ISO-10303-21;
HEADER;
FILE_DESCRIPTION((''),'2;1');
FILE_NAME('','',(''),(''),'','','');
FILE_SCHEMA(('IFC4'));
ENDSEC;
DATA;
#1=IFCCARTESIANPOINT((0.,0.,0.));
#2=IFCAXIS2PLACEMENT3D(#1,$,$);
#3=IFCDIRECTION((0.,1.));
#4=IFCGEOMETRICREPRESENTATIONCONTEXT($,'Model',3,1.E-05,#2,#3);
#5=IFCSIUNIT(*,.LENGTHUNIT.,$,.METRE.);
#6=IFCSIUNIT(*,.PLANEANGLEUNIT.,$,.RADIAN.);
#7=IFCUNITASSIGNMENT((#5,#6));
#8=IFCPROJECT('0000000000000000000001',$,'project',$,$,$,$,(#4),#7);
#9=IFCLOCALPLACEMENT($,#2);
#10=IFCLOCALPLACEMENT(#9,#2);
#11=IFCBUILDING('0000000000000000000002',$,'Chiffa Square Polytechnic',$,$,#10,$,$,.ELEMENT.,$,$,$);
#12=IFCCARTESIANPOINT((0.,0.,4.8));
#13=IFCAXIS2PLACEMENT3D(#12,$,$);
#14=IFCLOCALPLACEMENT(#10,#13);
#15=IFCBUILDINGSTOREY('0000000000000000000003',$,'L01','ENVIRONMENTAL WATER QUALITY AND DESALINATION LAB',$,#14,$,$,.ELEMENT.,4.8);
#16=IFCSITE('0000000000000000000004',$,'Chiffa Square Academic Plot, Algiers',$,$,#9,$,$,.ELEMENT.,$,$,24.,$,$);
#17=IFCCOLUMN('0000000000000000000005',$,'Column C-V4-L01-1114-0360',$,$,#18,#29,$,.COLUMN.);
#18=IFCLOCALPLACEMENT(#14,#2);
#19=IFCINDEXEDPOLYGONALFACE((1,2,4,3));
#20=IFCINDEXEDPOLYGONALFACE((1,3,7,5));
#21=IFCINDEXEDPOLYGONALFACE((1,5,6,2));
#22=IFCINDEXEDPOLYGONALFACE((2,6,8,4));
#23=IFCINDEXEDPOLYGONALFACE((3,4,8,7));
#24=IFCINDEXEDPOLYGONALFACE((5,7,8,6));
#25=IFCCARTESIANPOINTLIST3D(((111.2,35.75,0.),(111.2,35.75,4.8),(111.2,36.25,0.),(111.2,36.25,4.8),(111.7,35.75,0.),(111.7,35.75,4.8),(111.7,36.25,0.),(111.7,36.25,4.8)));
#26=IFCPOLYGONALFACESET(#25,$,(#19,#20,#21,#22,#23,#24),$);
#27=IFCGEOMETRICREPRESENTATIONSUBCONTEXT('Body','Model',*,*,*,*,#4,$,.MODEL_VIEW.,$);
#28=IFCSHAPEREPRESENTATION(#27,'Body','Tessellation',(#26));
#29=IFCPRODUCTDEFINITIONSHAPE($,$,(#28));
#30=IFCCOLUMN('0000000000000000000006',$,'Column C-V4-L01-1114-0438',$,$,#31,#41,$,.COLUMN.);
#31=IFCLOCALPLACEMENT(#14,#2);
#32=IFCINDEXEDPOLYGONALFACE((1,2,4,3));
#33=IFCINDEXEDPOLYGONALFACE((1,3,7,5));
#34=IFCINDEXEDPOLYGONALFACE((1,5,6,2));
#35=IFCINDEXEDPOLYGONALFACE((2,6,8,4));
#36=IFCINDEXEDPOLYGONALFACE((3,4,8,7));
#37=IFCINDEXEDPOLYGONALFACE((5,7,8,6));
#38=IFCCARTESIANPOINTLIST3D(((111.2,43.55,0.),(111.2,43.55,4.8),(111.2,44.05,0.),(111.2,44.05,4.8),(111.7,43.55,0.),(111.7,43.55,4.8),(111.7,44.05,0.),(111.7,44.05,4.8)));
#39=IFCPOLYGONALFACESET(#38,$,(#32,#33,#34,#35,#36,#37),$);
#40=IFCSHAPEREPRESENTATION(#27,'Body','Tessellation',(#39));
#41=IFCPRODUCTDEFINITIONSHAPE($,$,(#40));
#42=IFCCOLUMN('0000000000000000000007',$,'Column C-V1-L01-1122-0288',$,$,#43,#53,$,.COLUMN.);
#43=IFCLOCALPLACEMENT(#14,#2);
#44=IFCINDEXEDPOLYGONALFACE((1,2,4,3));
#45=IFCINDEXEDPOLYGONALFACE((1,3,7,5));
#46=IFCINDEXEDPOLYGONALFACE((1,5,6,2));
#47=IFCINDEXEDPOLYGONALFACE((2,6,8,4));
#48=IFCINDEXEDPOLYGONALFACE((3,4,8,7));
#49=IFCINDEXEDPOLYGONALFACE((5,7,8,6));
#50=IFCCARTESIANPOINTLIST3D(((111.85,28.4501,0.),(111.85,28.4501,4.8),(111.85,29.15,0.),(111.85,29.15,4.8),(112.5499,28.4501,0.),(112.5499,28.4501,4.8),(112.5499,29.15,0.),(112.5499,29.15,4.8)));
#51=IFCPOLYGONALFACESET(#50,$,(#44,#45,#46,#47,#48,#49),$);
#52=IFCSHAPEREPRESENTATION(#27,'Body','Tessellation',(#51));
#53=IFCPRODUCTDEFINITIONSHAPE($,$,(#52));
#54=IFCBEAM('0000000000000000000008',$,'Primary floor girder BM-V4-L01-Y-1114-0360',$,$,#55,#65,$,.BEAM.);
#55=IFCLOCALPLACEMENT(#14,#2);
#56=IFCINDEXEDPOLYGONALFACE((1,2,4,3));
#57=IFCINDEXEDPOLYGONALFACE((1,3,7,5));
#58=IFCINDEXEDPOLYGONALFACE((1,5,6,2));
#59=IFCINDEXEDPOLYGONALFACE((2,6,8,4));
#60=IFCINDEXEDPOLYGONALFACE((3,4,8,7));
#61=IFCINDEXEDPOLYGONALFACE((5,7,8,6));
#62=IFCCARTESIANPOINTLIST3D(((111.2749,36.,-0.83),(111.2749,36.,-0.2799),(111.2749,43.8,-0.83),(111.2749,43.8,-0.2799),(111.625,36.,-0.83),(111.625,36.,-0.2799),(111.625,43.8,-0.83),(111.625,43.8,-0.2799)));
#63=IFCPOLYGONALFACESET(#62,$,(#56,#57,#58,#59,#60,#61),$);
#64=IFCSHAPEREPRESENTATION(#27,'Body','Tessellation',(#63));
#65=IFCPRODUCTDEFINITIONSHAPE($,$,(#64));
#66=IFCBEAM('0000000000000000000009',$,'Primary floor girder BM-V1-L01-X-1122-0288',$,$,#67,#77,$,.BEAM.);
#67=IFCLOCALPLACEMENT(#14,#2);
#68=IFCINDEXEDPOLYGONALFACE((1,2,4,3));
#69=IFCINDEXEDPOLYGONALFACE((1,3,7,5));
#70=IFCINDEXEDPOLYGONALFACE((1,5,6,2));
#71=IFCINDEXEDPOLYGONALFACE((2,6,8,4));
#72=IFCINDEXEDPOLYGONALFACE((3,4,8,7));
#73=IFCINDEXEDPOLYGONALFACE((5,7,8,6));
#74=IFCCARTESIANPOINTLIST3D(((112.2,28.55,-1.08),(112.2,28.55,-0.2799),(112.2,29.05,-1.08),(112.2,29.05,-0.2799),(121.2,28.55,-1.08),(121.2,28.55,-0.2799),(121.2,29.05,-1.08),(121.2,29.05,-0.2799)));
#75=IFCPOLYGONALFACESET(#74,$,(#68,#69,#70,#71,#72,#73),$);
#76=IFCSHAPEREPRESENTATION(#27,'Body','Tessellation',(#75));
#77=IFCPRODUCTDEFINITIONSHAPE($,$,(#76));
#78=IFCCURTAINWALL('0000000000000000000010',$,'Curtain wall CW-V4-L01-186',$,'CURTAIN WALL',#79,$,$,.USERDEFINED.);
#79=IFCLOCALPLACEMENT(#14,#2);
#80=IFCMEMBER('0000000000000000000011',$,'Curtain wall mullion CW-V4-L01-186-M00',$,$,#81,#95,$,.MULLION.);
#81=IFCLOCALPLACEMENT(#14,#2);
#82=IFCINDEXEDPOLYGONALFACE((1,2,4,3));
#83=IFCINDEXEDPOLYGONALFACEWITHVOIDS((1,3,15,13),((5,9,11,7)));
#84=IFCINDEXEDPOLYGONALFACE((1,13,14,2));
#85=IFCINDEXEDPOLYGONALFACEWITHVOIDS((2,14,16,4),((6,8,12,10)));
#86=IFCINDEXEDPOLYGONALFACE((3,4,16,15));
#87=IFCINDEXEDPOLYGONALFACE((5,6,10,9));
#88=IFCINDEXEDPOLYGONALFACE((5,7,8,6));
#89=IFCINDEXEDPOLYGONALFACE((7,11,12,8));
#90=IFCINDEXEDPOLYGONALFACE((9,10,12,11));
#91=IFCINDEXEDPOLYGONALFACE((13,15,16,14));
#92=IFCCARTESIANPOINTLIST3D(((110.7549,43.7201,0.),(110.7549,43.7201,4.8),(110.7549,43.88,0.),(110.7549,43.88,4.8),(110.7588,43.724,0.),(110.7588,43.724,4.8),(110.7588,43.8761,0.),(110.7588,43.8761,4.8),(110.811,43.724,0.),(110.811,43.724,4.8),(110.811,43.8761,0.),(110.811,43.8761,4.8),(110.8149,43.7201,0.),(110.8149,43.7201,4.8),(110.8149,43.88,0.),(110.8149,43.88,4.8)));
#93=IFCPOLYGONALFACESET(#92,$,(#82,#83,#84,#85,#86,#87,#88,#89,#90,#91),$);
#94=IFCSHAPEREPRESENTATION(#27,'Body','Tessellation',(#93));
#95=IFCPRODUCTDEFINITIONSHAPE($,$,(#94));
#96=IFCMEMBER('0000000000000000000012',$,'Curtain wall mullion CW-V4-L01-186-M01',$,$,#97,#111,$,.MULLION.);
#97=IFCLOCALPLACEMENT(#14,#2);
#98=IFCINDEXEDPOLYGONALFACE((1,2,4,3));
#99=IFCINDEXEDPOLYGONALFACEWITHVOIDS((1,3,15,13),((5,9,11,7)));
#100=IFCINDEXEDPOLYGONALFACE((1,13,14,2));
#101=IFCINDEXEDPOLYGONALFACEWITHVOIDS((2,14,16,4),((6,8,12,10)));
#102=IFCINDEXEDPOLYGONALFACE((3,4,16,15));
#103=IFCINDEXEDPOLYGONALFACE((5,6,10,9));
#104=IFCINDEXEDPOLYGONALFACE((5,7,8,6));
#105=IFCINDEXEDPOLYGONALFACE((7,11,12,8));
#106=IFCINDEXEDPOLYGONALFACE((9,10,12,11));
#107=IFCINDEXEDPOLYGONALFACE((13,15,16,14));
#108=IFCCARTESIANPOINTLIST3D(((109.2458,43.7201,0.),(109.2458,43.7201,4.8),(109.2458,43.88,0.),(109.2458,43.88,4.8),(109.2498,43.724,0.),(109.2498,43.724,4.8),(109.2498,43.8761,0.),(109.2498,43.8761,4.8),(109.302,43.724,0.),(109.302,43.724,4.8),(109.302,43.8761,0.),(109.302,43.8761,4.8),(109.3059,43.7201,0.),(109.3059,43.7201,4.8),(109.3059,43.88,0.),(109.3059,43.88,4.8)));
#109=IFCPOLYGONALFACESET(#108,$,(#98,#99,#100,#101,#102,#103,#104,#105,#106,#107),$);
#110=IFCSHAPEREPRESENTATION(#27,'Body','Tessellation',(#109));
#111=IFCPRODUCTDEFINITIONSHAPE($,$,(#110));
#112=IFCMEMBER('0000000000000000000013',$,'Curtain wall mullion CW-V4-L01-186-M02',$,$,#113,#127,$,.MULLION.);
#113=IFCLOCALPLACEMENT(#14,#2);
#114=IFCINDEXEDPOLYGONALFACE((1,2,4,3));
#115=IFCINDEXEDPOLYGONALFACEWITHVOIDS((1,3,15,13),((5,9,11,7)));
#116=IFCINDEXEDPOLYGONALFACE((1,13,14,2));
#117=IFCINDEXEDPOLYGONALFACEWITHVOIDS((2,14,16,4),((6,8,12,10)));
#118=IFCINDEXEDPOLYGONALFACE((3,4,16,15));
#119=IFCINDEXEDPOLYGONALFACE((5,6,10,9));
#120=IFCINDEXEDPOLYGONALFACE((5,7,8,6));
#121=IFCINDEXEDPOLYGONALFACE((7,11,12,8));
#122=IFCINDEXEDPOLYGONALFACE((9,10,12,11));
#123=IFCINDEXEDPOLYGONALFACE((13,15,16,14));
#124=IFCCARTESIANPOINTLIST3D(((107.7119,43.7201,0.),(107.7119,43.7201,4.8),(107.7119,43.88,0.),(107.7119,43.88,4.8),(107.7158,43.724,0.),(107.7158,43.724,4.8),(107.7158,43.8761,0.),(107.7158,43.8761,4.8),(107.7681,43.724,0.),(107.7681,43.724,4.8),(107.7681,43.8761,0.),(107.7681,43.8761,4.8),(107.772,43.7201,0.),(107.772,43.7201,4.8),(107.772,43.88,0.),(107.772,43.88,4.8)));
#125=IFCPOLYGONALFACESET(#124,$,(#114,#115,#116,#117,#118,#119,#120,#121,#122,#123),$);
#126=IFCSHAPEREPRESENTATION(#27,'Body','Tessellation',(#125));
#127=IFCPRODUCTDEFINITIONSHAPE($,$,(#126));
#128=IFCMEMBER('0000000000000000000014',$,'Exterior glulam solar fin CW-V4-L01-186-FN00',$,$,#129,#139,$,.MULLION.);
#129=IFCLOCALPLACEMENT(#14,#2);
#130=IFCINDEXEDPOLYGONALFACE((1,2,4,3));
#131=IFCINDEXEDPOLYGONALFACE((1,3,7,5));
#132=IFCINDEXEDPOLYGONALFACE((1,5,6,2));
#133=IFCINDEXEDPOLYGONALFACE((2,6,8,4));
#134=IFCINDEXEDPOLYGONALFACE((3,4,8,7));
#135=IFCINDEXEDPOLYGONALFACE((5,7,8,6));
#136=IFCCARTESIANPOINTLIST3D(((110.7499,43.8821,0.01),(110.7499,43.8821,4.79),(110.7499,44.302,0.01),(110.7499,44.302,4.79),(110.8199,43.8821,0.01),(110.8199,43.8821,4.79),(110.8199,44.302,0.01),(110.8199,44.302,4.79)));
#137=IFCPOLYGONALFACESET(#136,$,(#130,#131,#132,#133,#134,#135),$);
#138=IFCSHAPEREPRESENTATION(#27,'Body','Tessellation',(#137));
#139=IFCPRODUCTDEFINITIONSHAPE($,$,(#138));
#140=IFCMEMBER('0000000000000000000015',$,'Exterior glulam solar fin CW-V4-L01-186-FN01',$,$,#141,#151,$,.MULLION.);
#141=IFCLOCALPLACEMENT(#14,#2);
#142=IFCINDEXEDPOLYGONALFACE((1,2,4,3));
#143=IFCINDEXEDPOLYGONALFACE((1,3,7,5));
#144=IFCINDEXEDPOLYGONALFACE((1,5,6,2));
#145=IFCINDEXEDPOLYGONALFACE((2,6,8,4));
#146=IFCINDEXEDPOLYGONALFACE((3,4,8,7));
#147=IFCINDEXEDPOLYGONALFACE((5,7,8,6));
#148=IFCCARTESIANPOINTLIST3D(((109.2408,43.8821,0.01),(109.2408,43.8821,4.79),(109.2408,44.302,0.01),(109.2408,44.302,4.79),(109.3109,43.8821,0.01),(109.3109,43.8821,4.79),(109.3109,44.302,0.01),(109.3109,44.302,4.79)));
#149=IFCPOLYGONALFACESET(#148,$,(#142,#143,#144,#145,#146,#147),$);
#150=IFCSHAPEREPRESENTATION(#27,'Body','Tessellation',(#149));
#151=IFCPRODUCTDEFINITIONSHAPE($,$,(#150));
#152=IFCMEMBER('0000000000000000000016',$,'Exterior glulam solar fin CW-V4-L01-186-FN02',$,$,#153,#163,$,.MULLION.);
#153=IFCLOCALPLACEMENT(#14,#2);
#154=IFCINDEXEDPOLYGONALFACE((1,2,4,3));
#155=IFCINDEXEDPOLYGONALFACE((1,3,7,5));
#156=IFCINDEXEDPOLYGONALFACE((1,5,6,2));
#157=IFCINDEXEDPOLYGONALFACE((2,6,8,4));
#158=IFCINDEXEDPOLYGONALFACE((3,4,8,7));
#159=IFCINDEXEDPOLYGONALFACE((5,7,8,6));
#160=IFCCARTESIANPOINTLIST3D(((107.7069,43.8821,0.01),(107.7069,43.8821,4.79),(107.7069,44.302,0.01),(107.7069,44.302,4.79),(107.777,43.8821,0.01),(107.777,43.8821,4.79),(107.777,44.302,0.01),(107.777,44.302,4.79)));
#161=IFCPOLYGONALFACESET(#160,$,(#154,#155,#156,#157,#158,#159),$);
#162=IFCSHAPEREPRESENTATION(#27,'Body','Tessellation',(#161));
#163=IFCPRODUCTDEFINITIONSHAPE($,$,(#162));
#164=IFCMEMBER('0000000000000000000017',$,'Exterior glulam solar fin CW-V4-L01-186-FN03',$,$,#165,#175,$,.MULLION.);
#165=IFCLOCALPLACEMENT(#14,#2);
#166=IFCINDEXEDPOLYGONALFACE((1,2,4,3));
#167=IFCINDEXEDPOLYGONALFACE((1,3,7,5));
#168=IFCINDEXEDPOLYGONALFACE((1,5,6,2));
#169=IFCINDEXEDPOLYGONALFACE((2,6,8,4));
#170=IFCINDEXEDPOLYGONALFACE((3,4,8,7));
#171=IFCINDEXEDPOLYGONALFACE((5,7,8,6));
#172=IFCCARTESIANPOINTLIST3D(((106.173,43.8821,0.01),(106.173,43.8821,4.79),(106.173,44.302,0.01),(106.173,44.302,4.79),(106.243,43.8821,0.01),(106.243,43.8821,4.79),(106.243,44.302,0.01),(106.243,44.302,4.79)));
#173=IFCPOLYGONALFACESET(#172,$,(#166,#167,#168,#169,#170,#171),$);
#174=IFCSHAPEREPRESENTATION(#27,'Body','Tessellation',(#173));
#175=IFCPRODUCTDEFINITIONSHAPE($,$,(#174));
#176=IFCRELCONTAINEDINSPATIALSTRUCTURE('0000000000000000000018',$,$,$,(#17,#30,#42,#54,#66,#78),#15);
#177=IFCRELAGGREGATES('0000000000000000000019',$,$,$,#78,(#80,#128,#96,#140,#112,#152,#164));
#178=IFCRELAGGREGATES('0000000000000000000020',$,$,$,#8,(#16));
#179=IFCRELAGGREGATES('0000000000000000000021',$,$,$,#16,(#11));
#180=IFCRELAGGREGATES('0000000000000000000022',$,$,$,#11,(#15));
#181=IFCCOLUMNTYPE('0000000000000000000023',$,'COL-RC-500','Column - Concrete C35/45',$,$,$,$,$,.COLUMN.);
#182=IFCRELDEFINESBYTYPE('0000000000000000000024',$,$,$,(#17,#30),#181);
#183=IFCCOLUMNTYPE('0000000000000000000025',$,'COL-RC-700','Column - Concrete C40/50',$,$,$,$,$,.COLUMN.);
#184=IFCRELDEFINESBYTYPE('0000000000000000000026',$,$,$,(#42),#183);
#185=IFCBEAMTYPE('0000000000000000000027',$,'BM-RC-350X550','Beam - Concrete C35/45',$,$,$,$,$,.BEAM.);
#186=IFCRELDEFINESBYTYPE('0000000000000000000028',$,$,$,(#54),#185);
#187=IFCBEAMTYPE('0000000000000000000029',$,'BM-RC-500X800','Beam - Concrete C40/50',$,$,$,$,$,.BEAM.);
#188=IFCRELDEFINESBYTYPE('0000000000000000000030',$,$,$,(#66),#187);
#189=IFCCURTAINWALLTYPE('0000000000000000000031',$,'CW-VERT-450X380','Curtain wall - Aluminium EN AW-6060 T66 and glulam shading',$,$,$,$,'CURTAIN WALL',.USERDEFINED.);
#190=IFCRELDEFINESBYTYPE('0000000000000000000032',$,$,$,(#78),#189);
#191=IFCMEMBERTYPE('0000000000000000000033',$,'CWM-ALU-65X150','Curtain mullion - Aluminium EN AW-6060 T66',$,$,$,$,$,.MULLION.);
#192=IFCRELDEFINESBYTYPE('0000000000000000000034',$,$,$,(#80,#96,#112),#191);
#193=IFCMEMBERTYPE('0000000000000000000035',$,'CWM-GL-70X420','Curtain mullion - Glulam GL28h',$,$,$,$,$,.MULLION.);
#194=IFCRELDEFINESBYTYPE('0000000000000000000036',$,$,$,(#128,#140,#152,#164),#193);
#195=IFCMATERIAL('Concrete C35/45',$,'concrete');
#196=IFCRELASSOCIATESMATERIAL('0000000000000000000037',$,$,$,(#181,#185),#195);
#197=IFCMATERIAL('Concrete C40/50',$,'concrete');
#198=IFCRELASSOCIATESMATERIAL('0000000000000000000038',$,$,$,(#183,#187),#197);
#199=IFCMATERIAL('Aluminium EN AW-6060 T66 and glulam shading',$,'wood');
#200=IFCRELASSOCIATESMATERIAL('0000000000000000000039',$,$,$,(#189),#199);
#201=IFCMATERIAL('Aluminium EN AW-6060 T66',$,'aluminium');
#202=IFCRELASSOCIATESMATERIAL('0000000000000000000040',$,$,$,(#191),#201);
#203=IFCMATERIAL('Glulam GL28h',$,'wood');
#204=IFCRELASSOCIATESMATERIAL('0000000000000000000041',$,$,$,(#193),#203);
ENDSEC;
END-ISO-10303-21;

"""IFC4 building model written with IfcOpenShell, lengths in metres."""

from ifc_helpers import new_model, si_unit, direction, frame, origin, origin_2d, place, context, subcontext, project, spatial, rectangle, hollow_rectangle, extrude, material, material_profile, profile_set, type_object, element, aggregate, save


model = new_model("IFC4")

# Units and contexts
model_context = context("Model", 3, precision=1e-05, world=origin(), true_north=direction((0.0, 1.0)))
body_context = subcontext(model_context, "Body", "Model", "MODEL_VIEW")
ifc_project = project(units=[si_unit("LENGTHUNIT", "METRE"), si_unit("PLANEANGLEUNIT", "RADIAN")], contexts=[model_context])

# Site, building, storey
site_placement = place(None, origin())
site = spatial("IfcSite", under=ifc_project, at=site_placement, Name="Chiffa Square Academic Plot, Algiers", CompositionType="ELEMENT", RefElevation=24.0)
building_placement = place(site_placement, origin())
building = spatial("IfcBuilding", under=site, at=building_placement, Name="Chiffa Square Polytechnic", CompositionType="ELEMENT")
storey_placement = place(building_placement, frame((0.0, 0.0, 4.8)))
storey = spatial("IfcBuildingStorey", under=building, at=storey_placement, Name="L01", Description="ENVIRONMENTAL WATER QUALITY AND DESALINATION LAB", CompositionType="ELEMENT", Elevation=4.8)

# Columns
ifc_material_1 = material(Name="Concrete C35/45", Category="concrete")
ifc_material_profile_1 = material_profile(ifc_material_1, rectangle(XDim=0.5, YDim=0.5, at=origin_2d()), Name="RC 500x500")
ifc_profile_set_1 = profile_set([ifc_material_profile_1], Name="Concrete C35/45")
column_type_1 = type_object("IfcColumnType", Name="COL-RC-500", Description="Column - Concrete C35/45", PredefinedType="COLUMN", material=ifc_profile_set_1)
for number, where, z_axis, x_axis, name in (
    (1, (111.45, 36.0, 0.0), (0.0, 0.0, 1.0), (1.0, 0.0, 0.0), "Column C-V4-L01-1114-0360"),
    (2, (111.45, 43.8, 0.0), (0.0, 0.0, 1.0), (1.0, 0.0, 0.0), "Column C-V4-L01-1114-0438"),
):
    element("IfcColumn", number, at=place(storey_placement, frame(where, z_axis=z_axis, x_axis=x_axis)), inside=storey, type_object=column_type_1, Name=name, PredefinedType="COLUMN", context=body_context, shape_type="SweptSolid", body=[
        extrude(rectangle(XDim=0.5, YDim=0.5, at=origin_2d()), origin(), (0.0, 0.0, 1.0), 4.8),
    ])
ifc_material_2 = material(Name="Concrete C40/50", Category="concrete")
ifc_material_profile_2 = material_profile(ifc_material_2, rectangle(XDim=0.7, YDim=0.7, at=origin_2d()), Name="RC 700x700")
ifc_profile_set_2 = profile_set([ifc_material_profile_2], Name="Concrete C40/50")
column_type_2 = type_object("IfcColumnType", Name="COL-RC-700", Description="Column - Concrete C40/50", PredefinedType="COLUMN", material=ifc_profile_set_2)
column_placement = place(storey_placement, frame((112.2, 28.8, 0.0), z_axis=(0.0, 0.0, 1.0), x_axis=(1.0, 0.0, 0.0)))
element("IfcColumn", 3, at=column_placement, inside=storey, type_object=column_type_2, Name="Column C-V1-L01-1122-0288", PredefinedType="COLUMN", context=body_context, shape_type="SweptSolid", body=[
    extrude(rectangle(XDim=0.7, YDim=0.7, at=origin_2d()), origin(), (0.0, 0.0, 1.0), 4.8),
])

# Beams
ifc_material_profile_3 = material_profile(ifc_material_1, rectangle(XDim=0.3501, YDim=0.55, at=origin_2d()), Name="RC 350x550")
ifc_profile_set_3 = profile_set([ifc_material_profile_3], Name="Concrete C35/45")
beam_type_1 = type_object("IfcBeamType", Name="BM-RC-350X550", Description="Beam - Concrete C35/45", PredefinedType="BEAM", material=ifc_profile_set_3)
beam_1_placement = place(storey_placement, frame((111.45, 36.0, -0.5549), z_axis=(0.0, 1.0, 0.0), x_axis=(-1.0, 0.0, 0.0)))
element("IfcBeam", 4, at=beam_1_placement, inside=storey, type_object=beam_type_1, Name="Primary floor girder BM-V4-L01-Y-1114-0360", PredefinedType="BEAM", context=body_context, shape_type="SweptSolid", body=[
    extrude(rectangle(XDim=0.3501, YDim=0.55, at=origin_2d()), origin(), (0.0, 0.0, 1.0), 7.8),
])
ifc_material_profile_4 = material_profile(ifc_material_2, rectangle(XDim=0.5, YDim=0.8, at=origin_2d()), Name="RC 500x800")
ifc_profile_set_4 = profile_set([ifc_material_profile_4], Name="Concrete C40/50")
beam_type_2 = type_object("IfcBeamType", Name="BM-RC-500X800", Description="Beam - Concrete C40/50", PredefinedType="BEAM", material=ifc_profile_set_4)
beam_2_placement = place(storey_placement, frame((112.2, 28.8, -0.6799), z_axis=(1.0, 0.0, 0.0), x_axis=(0.0, 1.0, 0.0)))
element("IfcBeam", 5, at=beam_2_placement, inside=storey, type_object=beam_type_2, Name="Primary floor girder BM-V1-L01-X-1122-0288", PredefinedType="BEAM", context=body_context, shape_type="SweptSolid", body=[
    extrude(rectangle(XDim=0.5, YDim=0.8, at=origin_2d()), origin(), (0.0, 0.0, 1.0), 9.0),
])

# Curtain wall, members
ifc_material_3 = material(Name="Aluminium EN AW-6060 T66 and glulam shading", Category="wood")
curtain_wall_type = type_object("IfcCurtainWallType", Name="CW-VERT-450X380", Description="Curtain wall - Aluminium EN AW-6060 T66 and glulam shading", ElementType="CURTAIN WALL", PredefinedType="USERDEFINED", material=ifc_material_3)
curtain_wall_placement = place(storey_placement, origin())
curtain_wall = element("IfcCurtainWall", 6, at=curtain_wall_placement, inside=storey, type_object=curtain_wall_type, Name="Curtain wall CW-V4-L01-186", ObjectType="CURTAIN WALL", PredefinedType="USERDEFINED")
ifc_material_4 = material(Name="Aluminium EN AW-6060 T66", Category="aluminium")
ifc_material_profile_5 = material_profile(ifc_material_4, hollow_rectangle(XDim=0.0601, YDim=0.1599, WallThickness=0.0039, at=origin_2d()), Name="ALU 60x160x4")
ifc_profile_set_5 = profile_set([ifc_material_profile_5], Name="Aluminium EN AW-6060 T66")
member_type_1 = type_object("IfcMemberType", Name="CWM-ALU-65X150", Description="Curtain mullion - Aluminium EN AW-6060 T66", PredefinedType="MULLION", material=ifc_profile_set_5)
member_1_placement = place(storey_placement, frame((110.7849, 43.8, 0.0), z_axis=(0.0, 0.0, 1.0), x_axis=(1.0, 0.0, 0.0)))
member_1 = element("IfcMember", 7, at=member_1_placement, type_object=member_type_1, Name="Curtain wall mullion CW-V4-L01-186-M00", PredefinedType="MULLION", context=body_context, shape_type="SweptSolid", body=[
    extrude(hollow_rectangle(XDim=0.0601, YDim=0.1599, WallThickness=0.0039, at=origin_2d()), origin(), (0.0, 0.0, 1.0), 4.8),
])
member_2_placement = place(storey_placement, frame((109.2759, 43.8, 0.0), z_axis=(0.0, 0.0, 1.0), x_axis=(1.0, 0.0, 0.0)))
member_2 = element("IfcMember", 8, at=member_2_placement, type_object=member_type_1, Name="Curtain wall mullion CW-V4-L01-186-M01", PredefinedType="MULLION", context=body_context, shape_type="SweptSolid", body=[
    extrude(hollow_rectangle(XDim=0.0601, YDim=0.1599, WallThickness=0.0039, at=origin_2d()), origin(), (0.0, 0.0, 1.0), 4.8),
])
member_3_placement = place(storey_placement, frame((107.7419, 43.8, 0.0), z_axis=(0.0, 0.0, 1.0), x_axis=(1.0, 0.0, 0.0)))
member_3 = element("IfcMember", 9, at=member_3_placement, type_object=member_type_1, Name="Curtain wall mullion CW-V4-L01-186-M02", PredefinedType="MULLION", context=body_context, shape_type="SweptSolid", body=[
    extrude(hollow_rectangle(XDim=0.0601, YDim=0.1599, WallThickness=0.0039, at=origin_2d()), origin(), (0.0, 0.0, 1.0), 4.8),
])
ifc_material_5 = material(Name="Glulam GL28h", Category="wood")
ifc_material_profile_6 = material_profile(ifc_material_5, rectangle(XDim=0.0701, YDim=0.4199, at=origin_2d()), Name="GL28h 70x420")
ifc_profile_set_6 = profile_set([ifc_material_profile_6], Name="Glulam GL28h")
member_type_2 = type_object("IfcMemberType", Name="CWM-GL-70X420", Description="Curtain mullion - Glulam GL28h", PredefinedType="MULLION", material=ifc_profile_set_6)
member_4_placement = place(storey_placement, frame((110.7849, 44.092, 0.01), z_axis=(0.0, 0.0, 1.0), x_axis=(-1.0, 0.0, 0.0)))
member_4 = element("IfcMember", 10, at=member_4_placement, type_object=member_type_2, Name="Exterior glulam solar fin CW-V4-L01-186-FN00", PredefinedType="MULLION", context=body_context, shape_type="SweptSolid", body=[
    extrude(rectangle(XDim=0.0701, YDim=0.4199, at=origin_2d()), origin(), (0.0, 0.0, 1.0), 4.78),
])
member_5_placement = place(storey_placement, frame((109.2759, 44.092, 0.01), z_axis=(0.0, 0.0, 1.0), x_axis=(-1.0, 0.0, 0.0)))
member_5 = element("IfcMember", 11, at=member_5_placement, type_object=member_type_2, Name="Exterior glulam solar fin CW-V4-L01-186-FN01", PredefinedType="MULLION", context=body_context, shape_type="SweptSolid", body=[
    extrude(rectangle(XDim=0.0701, YDim=0.4199, at=origin_2d()), origin(), (0.0, 0.0, 1.0), 4.78),
])
member_6_placement = place(storey_placement, frame((107.7419, 44.092, 0.01), z_axis=(0.0, 0.0, 1.0), x_axis=(-1.0, 0.0, 0.0)))
member_6 = element("IfcMember", 12, at=member_6_placement, type_object=member_type_2, Name="Exterior glulam solar fin CW-V4-L01-186-FN02", PredefinedType="MULLION", context=body_context, shape_type="SweptSolid", body=[
    extrude(rectangle(XDim=0.0701, YDim=0.4199, at=origin_2d()), origin(), (0.0, 0.0, 1.0), 4.78),
])
member_7_placement = place(storey_placement, frame((106.208, 44.092, 0.01), z_axis=(0.0, 0.0, 1.0), x_axis=(-1.0, 0.0, 0.0)))
member_7 = element("IfcMember", 13, at=member_7_placement, type_object=member_type_2, Name="Exterior glulam solar fin CW-V4-L01-186-FN03", PredefinedType="MULLION", context=body_context, shape_type="SweptSolid", body=[
    extrude(rectangle(XDim=0.0701, YDim=0.4199, at=origin_2d()), origin(), (0.0, 0.0, 1.0), 4.78),
])
aggregate(curtain_wall, [member_1, member_4, member_2, member_5, member_3, member_6, member_7])

save(model, "model.ifc")
